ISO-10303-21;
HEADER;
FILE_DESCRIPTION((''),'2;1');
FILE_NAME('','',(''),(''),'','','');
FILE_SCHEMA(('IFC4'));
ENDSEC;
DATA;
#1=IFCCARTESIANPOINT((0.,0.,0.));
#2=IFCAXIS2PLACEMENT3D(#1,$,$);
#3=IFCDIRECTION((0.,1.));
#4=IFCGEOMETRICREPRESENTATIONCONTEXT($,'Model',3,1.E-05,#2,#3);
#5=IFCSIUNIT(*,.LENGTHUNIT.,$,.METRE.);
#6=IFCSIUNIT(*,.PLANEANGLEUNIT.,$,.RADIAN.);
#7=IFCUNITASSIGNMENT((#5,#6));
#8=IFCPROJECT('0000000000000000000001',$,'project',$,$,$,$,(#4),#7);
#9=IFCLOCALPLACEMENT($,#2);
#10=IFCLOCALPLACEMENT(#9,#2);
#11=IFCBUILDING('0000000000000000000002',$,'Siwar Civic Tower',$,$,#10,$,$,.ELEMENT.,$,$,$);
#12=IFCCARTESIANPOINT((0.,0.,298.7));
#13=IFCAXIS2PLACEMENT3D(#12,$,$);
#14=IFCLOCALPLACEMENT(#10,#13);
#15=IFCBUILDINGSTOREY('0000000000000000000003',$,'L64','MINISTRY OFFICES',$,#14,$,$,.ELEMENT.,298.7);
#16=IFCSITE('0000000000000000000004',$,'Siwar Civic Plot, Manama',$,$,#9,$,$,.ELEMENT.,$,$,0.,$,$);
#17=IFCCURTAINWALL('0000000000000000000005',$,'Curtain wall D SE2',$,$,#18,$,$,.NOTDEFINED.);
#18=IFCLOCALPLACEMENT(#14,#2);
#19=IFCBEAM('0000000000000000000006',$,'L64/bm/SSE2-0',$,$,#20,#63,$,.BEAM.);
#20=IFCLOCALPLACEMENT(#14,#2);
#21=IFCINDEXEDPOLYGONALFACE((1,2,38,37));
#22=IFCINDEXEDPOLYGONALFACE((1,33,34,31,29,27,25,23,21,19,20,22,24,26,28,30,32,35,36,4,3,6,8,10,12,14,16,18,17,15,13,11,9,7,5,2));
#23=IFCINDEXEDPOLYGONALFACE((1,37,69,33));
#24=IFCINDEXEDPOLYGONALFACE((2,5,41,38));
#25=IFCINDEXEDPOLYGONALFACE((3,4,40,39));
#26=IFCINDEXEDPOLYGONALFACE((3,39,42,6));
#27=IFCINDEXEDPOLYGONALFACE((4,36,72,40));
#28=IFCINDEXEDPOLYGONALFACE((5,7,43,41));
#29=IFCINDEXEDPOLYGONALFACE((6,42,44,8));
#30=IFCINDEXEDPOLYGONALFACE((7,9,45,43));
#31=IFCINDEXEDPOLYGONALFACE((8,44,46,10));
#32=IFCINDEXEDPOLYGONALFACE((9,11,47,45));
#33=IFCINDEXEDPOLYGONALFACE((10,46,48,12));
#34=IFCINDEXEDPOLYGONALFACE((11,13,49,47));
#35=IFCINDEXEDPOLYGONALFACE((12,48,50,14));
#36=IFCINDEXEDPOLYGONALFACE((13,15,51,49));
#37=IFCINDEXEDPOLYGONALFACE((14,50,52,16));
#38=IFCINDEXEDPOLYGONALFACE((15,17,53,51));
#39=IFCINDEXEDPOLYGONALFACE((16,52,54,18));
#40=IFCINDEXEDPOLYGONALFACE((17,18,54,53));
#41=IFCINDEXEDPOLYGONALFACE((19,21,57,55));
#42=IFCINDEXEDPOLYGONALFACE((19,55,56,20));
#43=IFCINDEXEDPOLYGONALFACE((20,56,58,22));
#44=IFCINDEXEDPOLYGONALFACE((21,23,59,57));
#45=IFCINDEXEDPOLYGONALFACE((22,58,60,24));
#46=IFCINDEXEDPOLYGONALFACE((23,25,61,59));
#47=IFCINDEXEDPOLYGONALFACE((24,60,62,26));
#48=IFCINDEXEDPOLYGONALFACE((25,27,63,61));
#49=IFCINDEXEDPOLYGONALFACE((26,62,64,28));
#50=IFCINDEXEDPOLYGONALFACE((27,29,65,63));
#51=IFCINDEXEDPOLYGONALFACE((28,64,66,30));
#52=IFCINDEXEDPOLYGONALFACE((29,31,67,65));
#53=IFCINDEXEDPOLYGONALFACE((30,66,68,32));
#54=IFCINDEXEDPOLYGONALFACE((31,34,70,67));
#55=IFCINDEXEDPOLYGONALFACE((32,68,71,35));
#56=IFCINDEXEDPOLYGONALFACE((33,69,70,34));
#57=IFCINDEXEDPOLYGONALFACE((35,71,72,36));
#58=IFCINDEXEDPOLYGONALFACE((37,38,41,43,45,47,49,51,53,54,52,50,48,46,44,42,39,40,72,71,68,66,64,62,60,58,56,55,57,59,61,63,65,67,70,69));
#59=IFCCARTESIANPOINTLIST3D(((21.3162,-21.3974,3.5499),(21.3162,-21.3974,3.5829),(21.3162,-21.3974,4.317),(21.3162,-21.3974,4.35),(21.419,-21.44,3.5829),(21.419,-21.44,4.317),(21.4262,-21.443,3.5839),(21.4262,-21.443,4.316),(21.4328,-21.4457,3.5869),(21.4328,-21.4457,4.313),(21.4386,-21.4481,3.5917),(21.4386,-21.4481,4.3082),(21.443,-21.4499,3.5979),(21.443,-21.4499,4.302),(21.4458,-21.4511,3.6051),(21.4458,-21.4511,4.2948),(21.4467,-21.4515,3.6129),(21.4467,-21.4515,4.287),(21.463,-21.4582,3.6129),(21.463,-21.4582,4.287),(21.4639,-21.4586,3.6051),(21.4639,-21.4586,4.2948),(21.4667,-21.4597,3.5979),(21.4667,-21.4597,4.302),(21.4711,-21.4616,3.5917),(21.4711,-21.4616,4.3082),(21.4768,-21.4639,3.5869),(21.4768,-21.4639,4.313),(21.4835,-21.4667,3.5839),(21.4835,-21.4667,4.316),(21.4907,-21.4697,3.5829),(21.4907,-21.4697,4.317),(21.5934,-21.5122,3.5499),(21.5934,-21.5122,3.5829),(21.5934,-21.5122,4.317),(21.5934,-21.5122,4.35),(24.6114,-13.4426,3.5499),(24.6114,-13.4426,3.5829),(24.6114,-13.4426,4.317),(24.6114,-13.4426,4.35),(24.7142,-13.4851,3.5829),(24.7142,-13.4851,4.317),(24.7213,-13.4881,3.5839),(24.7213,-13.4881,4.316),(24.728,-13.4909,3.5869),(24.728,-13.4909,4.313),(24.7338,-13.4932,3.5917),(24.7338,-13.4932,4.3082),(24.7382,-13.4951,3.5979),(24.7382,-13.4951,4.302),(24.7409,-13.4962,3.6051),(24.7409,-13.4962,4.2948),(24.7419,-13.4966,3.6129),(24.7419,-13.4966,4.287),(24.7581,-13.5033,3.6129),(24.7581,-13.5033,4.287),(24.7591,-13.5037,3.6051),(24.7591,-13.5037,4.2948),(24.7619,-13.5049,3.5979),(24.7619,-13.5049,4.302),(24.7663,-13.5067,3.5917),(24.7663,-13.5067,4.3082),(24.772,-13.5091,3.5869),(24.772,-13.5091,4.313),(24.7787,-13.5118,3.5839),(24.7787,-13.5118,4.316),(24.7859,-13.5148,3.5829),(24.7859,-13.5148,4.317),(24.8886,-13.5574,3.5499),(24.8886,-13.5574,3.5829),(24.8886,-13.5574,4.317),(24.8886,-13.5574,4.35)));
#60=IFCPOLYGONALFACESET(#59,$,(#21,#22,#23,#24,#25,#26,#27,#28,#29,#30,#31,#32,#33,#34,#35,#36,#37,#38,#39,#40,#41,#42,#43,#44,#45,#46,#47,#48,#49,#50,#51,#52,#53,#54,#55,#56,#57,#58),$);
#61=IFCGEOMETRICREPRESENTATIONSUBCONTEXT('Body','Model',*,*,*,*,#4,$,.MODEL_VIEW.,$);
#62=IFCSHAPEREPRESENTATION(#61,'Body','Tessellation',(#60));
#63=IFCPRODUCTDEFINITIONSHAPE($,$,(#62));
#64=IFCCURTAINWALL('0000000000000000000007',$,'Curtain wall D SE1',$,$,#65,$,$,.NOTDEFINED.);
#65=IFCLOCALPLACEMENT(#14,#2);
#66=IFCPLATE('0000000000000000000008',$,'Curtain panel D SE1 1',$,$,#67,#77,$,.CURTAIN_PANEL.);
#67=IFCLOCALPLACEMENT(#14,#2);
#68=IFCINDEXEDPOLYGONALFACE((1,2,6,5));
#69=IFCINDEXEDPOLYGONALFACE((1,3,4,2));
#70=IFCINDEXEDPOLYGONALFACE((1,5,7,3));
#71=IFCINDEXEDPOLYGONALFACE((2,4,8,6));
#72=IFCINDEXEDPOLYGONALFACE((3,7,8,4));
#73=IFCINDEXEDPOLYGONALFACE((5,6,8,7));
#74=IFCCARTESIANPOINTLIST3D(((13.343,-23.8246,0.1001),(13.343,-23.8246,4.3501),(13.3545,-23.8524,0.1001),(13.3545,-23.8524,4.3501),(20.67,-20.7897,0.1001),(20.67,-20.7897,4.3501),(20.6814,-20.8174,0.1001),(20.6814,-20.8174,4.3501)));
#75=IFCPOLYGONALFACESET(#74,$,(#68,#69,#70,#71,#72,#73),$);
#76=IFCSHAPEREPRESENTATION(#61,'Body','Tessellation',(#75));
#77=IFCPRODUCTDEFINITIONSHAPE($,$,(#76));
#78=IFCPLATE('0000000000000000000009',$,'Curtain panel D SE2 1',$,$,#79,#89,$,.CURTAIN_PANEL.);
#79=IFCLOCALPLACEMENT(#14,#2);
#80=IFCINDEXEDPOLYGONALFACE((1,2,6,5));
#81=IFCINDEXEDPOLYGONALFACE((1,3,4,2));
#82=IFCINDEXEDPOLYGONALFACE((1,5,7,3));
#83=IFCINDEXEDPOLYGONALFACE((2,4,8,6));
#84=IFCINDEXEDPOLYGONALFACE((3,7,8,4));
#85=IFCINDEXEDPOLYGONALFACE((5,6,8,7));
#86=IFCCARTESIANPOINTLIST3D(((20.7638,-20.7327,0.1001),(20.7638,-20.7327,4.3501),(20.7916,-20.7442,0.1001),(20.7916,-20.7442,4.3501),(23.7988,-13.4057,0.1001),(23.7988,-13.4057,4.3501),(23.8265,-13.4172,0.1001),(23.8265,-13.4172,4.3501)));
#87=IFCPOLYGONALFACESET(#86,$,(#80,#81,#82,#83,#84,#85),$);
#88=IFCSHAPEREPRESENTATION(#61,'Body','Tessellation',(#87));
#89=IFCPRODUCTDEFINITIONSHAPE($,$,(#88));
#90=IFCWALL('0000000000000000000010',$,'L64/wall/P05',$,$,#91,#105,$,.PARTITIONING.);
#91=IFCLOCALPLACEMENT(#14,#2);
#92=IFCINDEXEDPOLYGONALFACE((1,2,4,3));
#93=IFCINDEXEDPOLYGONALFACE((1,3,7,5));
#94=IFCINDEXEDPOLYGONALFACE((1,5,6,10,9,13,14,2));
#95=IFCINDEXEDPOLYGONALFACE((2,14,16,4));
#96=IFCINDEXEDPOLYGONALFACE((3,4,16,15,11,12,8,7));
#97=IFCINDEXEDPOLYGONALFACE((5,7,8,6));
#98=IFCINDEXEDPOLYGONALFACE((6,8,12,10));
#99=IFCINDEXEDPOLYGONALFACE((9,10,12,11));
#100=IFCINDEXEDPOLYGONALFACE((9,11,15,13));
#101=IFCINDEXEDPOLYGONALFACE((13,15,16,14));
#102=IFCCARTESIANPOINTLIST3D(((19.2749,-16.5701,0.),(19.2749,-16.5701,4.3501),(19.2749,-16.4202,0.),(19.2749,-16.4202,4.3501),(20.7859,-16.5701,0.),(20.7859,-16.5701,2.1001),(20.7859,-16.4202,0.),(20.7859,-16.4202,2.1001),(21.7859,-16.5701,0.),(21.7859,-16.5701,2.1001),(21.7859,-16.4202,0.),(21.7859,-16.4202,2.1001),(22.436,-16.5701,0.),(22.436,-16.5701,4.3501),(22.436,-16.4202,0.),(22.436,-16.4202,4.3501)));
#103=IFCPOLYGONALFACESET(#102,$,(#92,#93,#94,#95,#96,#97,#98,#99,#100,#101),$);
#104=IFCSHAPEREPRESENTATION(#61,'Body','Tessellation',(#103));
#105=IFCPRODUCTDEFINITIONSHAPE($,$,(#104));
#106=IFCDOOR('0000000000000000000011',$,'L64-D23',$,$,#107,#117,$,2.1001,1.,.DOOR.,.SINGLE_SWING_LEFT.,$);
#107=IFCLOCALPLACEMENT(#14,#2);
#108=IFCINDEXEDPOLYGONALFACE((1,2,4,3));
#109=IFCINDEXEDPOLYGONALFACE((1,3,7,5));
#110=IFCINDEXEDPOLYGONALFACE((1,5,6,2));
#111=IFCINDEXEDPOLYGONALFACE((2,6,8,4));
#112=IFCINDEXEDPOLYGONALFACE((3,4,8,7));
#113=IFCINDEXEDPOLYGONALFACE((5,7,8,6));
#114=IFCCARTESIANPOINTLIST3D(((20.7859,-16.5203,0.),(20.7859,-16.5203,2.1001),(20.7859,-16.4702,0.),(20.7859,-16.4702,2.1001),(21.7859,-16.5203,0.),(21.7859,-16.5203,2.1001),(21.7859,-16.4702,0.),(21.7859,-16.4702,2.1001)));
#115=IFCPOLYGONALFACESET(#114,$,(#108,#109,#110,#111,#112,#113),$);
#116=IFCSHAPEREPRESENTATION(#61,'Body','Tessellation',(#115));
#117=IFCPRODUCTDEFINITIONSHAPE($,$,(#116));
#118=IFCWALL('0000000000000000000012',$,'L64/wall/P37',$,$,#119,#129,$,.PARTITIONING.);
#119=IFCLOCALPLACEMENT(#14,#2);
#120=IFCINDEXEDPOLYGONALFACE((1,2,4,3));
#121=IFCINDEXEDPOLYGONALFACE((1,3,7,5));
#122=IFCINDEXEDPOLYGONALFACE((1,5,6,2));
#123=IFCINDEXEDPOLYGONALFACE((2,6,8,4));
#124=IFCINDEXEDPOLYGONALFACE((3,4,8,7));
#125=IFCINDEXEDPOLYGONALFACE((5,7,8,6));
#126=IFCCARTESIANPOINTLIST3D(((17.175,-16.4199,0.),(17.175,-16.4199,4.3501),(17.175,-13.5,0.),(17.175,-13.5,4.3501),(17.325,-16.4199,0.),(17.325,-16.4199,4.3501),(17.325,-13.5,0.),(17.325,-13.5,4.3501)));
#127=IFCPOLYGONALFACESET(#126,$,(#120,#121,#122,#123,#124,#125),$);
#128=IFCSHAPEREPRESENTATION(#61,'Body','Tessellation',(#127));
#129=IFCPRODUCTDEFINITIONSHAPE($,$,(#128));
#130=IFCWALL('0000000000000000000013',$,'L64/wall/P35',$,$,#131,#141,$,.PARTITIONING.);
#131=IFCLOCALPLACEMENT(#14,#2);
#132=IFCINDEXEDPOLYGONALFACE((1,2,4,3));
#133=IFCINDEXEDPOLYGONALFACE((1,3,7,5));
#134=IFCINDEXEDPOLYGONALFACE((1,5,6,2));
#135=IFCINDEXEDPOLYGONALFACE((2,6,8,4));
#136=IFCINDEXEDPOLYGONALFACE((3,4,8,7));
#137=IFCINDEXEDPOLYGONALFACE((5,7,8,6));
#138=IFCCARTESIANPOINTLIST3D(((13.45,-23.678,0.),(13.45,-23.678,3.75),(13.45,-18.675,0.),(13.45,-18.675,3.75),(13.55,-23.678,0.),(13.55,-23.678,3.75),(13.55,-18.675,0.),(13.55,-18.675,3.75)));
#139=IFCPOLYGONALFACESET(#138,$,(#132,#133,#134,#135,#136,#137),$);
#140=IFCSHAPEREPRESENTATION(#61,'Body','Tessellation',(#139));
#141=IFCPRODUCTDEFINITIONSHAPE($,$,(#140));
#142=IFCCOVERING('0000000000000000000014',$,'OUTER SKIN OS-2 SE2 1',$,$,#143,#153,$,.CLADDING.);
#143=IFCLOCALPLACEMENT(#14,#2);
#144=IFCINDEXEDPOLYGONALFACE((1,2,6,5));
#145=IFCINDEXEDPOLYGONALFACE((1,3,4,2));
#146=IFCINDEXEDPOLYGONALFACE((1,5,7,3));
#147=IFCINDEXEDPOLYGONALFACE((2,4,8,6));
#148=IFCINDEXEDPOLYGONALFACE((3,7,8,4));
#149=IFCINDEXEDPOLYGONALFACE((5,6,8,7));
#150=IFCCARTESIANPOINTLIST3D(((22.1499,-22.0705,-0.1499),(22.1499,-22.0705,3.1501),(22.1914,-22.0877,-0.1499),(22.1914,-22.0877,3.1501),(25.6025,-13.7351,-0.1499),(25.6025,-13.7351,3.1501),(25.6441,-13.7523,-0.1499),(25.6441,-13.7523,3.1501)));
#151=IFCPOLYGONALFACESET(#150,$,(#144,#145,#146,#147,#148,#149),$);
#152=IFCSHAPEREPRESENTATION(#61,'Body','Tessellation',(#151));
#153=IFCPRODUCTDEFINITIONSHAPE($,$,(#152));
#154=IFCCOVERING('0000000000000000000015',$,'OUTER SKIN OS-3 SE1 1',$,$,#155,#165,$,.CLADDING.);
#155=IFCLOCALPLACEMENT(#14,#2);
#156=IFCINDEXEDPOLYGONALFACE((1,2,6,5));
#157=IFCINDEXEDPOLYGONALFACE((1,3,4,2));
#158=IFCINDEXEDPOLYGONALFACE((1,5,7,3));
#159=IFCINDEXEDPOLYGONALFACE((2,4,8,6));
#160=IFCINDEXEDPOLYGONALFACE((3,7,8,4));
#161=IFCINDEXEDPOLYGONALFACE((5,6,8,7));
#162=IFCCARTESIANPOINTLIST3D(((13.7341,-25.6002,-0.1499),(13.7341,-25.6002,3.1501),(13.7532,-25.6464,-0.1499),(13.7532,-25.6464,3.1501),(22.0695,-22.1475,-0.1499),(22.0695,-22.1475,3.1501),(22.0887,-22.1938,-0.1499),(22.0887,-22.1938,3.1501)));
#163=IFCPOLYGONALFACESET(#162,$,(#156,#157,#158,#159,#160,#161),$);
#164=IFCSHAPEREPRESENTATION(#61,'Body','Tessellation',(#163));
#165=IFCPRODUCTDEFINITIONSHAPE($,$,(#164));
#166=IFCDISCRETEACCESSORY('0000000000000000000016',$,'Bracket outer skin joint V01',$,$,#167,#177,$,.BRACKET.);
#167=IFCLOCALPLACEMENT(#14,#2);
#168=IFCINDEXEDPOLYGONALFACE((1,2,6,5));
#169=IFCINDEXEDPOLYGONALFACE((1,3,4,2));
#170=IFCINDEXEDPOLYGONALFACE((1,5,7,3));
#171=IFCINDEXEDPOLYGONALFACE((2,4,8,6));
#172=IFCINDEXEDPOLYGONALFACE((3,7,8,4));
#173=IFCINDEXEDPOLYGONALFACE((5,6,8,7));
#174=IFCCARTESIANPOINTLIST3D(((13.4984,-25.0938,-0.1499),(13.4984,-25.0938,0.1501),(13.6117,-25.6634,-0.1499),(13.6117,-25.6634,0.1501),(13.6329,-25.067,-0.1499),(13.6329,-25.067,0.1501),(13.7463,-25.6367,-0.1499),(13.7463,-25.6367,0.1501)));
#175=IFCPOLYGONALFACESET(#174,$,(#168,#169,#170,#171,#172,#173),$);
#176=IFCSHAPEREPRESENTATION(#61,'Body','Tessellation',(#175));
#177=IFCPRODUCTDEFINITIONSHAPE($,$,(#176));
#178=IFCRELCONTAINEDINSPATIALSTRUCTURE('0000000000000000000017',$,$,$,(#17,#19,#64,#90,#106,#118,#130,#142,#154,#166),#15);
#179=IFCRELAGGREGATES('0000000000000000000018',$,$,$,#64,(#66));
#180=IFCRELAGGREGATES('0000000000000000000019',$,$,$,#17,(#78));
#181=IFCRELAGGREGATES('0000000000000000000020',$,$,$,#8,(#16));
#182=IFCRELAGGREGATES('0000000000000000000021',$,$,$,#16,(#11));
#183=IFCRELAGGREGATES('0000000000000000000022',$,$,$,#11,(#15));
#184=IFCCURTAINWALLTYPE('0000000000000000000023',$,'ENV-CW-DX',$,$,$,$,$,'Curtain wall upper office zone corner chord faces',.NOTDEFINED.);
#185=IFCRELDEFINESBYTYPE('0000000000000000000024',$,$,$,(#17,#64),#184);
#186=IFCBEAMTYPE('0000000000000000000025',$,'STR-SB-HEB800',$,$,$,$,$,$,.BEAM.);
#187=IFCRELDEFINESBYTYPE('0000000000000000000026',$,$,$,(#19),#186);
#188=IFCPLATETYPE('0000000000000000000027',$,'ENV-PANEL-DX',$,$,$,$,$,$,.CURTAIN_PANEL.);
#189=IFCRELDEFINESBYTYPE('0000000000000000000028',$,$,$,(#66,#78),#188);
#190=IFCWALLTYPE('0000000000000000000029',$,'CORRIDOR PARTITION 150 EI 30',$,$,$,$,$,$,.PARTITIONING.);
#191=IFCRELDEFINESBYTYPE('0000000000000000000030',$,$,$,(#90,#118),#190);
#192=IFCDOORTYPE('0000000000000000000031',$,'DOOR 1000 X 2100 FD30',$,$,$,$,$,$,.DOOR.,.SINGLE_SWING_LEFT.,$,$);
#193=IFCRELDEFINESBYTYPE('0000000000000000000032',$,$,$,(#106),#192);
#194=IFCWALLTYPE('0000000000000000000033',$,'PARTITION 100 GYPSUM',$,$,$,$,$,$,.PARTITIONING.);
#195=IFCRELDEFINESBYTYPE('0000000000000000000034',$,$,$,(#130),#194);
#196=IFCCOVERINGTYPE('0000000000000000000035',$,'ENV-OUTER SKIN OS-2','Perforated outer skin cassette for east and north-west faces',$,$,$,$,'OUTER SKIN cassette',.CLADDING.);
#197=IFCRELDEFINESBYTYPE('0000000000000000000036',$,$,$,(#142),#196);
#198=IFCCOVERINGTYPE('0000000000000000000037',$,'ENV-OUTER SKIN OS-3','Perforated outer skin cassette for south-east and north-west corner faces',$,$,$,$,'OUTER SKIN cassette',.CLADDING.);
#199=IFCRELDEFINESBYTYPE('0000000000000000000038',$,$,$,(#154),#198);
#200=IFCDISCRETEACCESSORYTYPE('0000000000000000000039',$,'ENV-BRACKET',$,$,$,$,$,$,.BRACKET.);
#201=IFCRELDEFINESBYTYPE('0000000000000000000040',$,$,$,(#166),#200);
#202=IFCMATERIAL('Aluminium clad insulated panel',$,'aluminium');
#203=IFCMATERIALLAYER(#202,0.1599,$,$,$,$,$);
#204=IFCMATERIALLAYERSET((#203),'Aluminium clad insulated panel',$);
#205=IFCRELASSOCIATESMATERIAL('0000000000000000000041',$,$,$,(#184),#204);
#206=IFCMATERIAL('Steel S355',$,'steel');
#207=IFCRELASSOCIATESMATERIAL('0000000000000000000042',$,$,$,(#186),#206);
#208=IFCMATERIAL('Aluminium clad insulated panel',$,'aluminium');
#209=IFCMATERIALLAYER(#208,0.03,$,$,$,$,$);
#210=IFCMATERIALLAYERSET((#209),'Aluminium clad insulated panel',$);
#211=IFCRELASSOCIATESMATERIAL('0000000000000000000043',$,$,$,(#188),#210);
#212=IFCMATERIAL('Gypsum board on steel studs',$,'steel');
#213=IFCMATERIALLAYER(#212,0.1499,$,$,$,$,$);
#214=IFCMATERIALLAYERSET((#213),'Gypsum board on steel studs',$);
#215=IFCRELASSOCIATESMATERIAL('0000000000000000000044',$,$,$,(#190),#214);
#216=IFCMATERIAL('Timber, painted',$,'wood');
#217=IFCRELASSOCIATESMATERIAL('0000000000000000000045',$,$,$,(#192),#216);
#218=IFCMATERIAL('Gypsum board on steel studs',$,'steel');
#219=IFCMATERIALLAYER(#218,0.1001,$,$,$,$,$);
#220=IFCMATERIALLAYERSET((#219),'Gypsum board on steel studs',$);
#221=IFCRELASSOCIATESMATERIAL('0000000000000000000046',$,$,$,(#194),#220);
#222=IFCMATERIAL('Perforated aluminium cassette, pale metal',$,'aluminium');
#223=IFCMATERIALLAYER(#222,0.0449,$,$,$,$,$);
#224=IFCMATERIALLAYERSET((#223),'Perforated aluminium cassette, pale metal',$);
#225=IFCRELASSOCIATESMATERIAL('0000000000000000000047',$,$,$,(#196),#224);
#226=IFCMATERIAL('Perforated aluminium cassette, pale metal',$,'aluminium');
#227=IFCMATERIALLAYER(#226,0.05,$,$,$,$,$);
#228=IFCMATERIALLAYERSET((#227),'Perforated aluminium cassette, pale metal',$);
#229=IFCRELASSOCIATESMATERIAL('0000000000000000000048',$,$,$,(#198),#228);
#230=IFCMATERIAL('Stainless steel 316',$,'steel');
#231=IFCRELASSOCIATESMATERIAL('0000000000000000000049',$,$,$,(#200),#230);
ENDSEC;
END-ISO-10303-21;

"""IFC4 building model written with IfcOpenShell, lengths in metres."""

from ifc_helpers import new_model, si_unit, direction, frame, frame_2d, origin, origin_2d, place, context, subcontext, project, spatial, rectangle, i_section, extrude, material, layer, layer_set, material_profile, profile_set, type_object, element, fill, aggregate, save


model = new_model("IFC4")

# Units and contexts
model_context = context("Model", 3, precision=1e-05, world=origin(), true_north=direction((0.0, 1.0)))
body_context = subcontext(model_context, "Body", "Model", "MODEL_VIEW")
ifc_project = project(units=[si_unit("LENGTHUNIT", "METRE"), si_unit("PLANEANGLEUNIT", "RADIAN")], contexts=[model_context])

# Site, building, storey
site_placement = place(None, origin())
site = spatial("IfcSite", under=ifc_project, at=site_placement, Name="Siwar Civic Plot, Manama", CompositionType="ELEMENT", RefElevation=0.0)
building_placement = place(site_placement, origin())
building = spatial("IfcBuilding", under=site, at=building_placement, Name="Siwar Civic Tower", CompositionType="ELEMENT")
storey_placement = place(building_placement, frame((0.0, 0.0, 298.7)))
storey = spatial("IfcBuildingStorey", under=building, at=storey_placement, Name="L64", Description="MINISTRY OFFICES", CompositionType="ELEMENT", Elevation=298.7)

# Curtain wall
ifc_material_1 = material(Name="Aluminium clad insulated panel", Category="aluminium")
ifc_layer_1 = layer(ifc_material_1, 0.1599)
ifc_layer_set_1 = layer_set([ifc_layer_1], Name="Aluminium clad insulated panel")
curtain_wall_type = type_object("IfcCurtainWallType", Name="ENV-CW-DX", ElementType="Curtain wall upper office zone corner chord faces", PredefinedType="NOTDEFINED", material=ifc_layer_set_1)
curtain_wall_1_placement = place(storey_placement, origin())
curtain_wall_1 = element("IfcCurtainWall", 1, at=curtain_wall_1_placement, inside=storey, type_object=curtain_wall_type, Name="Curtain wall D SE2", PredefinedType="NOTDEFINED")

# Beam
ifc_material_2 = material(Name="Steel S355", Category="steel")
ifc_material_profile_1 = material_profile(ifc_material_2, i_section(OverallWidth=0.3, OverallDepth=0.8, WebThickness=0.0176, FlangeThickness=0.033, FilletRadius=0.03, at=origin_2d()), Name="HEB800")
ifc_profile_set_1 = profile_set([ifc_material_profile_1], Name="Steel S355")
beam_type_1 = type_object("IfcBeamType", Name="STR-SB-HEB800", PredefinedType="BEAM", material=ifc_profile_set_1)
for number, where, z_axis, x_axis, name in (
    (2, (21.4548, -21.4548, 3.95), (0.3827, 0.923873, 0.0), (-0.923873, 0.3827, 0.0), "L64/bm/SSE2-0"),
):
    element("IfcBeam", number, at=place(storey_placement, frame(where, z_axis=z_axis, x_axis=x_axis)), inside=storey, type_object=beam_type_1, Name=name, PredefinedType="BEAM", context=body_context, shape_type="SweptSolid", body=[
        extrude(i_section(OverallWidth=0.3, OverallDepth=0.8, WebThickness=0.0176, FlangeThickness=0.033, FilletRadius=0.03, at=origin_2d()), origin(), (0.0, 0.0, 1.0), 8.6104),
    ])

# Curtain wall, plate
curtain_wall_2_placement = place(storey_placement, origin())
curtain_wall_2 = element("IfcCurtainWall", 3, at=curtain_wall_2_placement, inside=storey, type_object=curtain_wall_type, Name="Curtain wall D SE1", PredefinedType="NOTDEFINED")
ifc_material_3 = material(Name="Aluminium clad insulated panel", Category="aluminium")
ifc_layer_2 = layer(ifc_material_3, 0.03)
ifc_layer_set_2 = layer_set([ifc_layer_2], Name="Aluminium clad insulated panel")
plate_type = type_object("IfcPlateType", Name="ENV-PANEL-DX", PredefinedType="CURTAIN_PANEL", material=ifc_layer_set_2)
plate_1_placement = place(storey_placement, frame((17.0122, -22.321, 0.1001), z_axis=(0.0, 0.0, 1.0), x_axis=(0.92388, 0.382683, 0.0)))
plate_1 = element("IfcPlate", 4, at=plate_1_placement, type_object=plate_type, Name="Curtain panel D SE1 1", PredefinedType="CURTAIN_PANEL", context=body_context, shape_type="SweptSolid", body=[
    extrude(rectangle(XDim=7.9307, YDim=0.03, at=origin_2d()), origin(), (0.0, 0.0, 1.0), 4.25),
])
aggregate(curtain_wall_2, [plate_1])

# Plate
plate_2_placement = place(storey_placement, frame((22.2952, -17.075, 0.1001), z_axis=(0.0, 0.0, 1.0), x_axis=(0.382683, 0.92388, 0.0)))
plate_2 = element("IfcPlate", 5, at=plate_2_placement, type_object=plate_type, Name="Curtain panel D SE2 1", PredefinedType="CURTAIN_PANEL", context=body_context, shape_type="SweptSolid", body=[
    extrude(rectangle(XDim=7.9307, YDim=0.03, at=origin_2d()), origin(), (0.0, 0.0, 1.0), 4.25),
])
aggregate(curtain_wall_1, [plate_2])

# Wall, opening, door
ifc_material_4 = material(Name="Gypsum board on steel studs", Category="steel")
ifc_layer_3 = layer(ifc_material_4, 0.1499)
ifc_layer_set_3 = layer_set([ifc_layer_3], Name="Gypsum board on steel studs")
wall_type_1 = type_object("IfcWallType", Name="CORRIDOR PARTITION 150 EI 30", PredefinedType="PARTITIONING", material=ifc_layer_set_3)
wall_1_placement = place(storey_placement, frame((19.2749, -16.4951, 0.0), z_axis=(0.0, 0.0, 1.0), x_axis=(1.0, 0.0, 0.0)))
wall_1 = element("IfcWall", 6, at=wall_1_placement, inside=storey, type_object=wall_type_1, Name="L64/wall/P05", PredefinedType="PARTITIONING", context=body_context, shape_type="SweptSolid", body=[
    extrude(rectangle(XDim=3.1611, YDim=0.1499, at=frame_2d((1.5806, 0.0))), origin(), (0.0, 0.0, 1.0), 4.3501),
])
opening_placement = place(wall_1_placement, frame((1.511, 0.0, 0.0)))
opening = element("IfcOpeningElement", 7, at=opening_placement, cuts=wall_1, PredefinedType="OPENING", context=body_context, shape_type="SweptSolid", body=[
    extrude(rectangle(XDim=1.0, YDim=2.1001, at=frame_2d((0.5, 1.05))), frame((0.0, 0.085, 0.0), z_axis=(0.0, -1.0, 0.0), x_axis=(1.0, 0.0, 0.0)), (0.0, 0.0, 1.0), 0.1699),
])
ifc_material_5 = material(Name="Timber, painted", Category="wood")
door_type = type_object("IfcDoorType", Name="DOOR 1000 X 2100 FD30", OperationType="SINGLE_SWING_LEFT", PredefinedType="DOOR", material=ifc_material_5)
door_placement = place(opening_placement, origin())
door = element("IfcDoor", 8, at=door_placement, inside=storey, type_object=door_type, Name="L64-D23", OperationType="SINGLE_SWING_LEFT", OverallHeight=2.1001, OverallWidth=1.0, PredefinedType="DOOR", context=body_context, shape_type="SweptSolid", body=[
    extrude(rectangle(XDim=1.0, YDim=2.1001, at=frame_2d((0.5, 1.05))), frame((0.0, 0.0249, 0.0), z_axis=(0.0, -1.0, 0.0), x_axis=(1.0, 0.0, 0.0)), (0.0, 0.0, 1.0), 0.05),
])
fill(opening, door)

# Walls
wall_2_placement = place(storey_placement, frame((17.25, -16.4199, 0.0), z_axis=(0.0, 0.0, 1.0), x_axis=(0.0, 1.0, 0.0)))
element("IfcWall", 9, at=wall_2_placement, inside=storey, type_object=wall_type_1, Name="L64/wall/P37", PredefinedType="PARTITIONING", context=body_context, shape_type="SweptSolid", body=[
    extrude(rectangle(XDim=2.9199, YDim=0.1499, at=frame_2d((1.46, 0.0))), origin(), (0.0, 0.0, 1.0), 4.3501),
])
ifc_material_6 = material(Name="Gypsum board on steel studs", Category="steel")
ifc_layer_4 = layer(ifc_material_6, 0.1001)
ifc_layer_set_4 = layer_set([ifc_layer_4], Name="Gypsum board on steel studs")
wall_type_2 = type_object("IfcWallType", Name="PARTITION 100 GYPSUM", PredefinedType="PARTITIONING", material=ifc_layer_set_4)
wall_3_placement = place(storey_placement, frame((13.5, -23.678, 0.0), z_axis=(0.0, 0.0, 1.0), x_axis=(0.0, 1.0, 0.0)))
element("IfcWall", 10, at=wall_3_placement, inside=storey, type_object=wall_type_2, Name="L64/wall/P35", PredefinedType="PARTITIONING", context=body_context, shape_type="SweptSolid", body=[
    extrude(rectangle(XDim=5.0029, YDim=0.1001, at=frame_2d((2.5015, 0.0))), origin(), (0.0, 0.0, 1.0), 3.75),
])

# Coverings
ifc_material_7 = material(Name="Perforated aluminium cassette, pale metal", Category="aluminium")
ifc_layer_5 = layer(ifc_material_7, 0.0449)
ifc_layer_set_5 = layer_set([ifc_layer_5], Name="Perforated aluminium cassette, pale metal")
covering_type_1 = type_object("IfcCoveringType", Name="ENV-OUTER SKIN OS-2", Description="Perforated outer skin cassette for east and north-west faces", ElementType="OUTER SKIN cassette", PredefinedType="CLADDING", material=ifc_layer_set_5)
covering_1_placement = place(storey_placement, frame((23.897, -17.9114, -0.1499), z_axis=(0.0, 0.0, 1.0), x_axis=(0.382683, 0.92388, 0.0)))
element("IfcCovering", 11, at=covering_1_placement, inside=storey, type_object=covering_type_1, Name="OUTER SKIN OS-2 SE2 1", PredefinedType="CLADDING", context=body_context, shape_type="SweptSolid", body=[
    extrude(rectangle(XDim=9.0222, YDim=0.0449, at=origin_2d()), origin(), (0.0, 0.0, 1.0), 3.3),
])
ifc_material_8 = material(Name="Perforated aluminium cassette, pale metal", Category="aluminium")
ifc_layer_6 = layer(ifc_material_8, 0.05)
ifc_layer_set_6 = layer_set([ifc_layer_6], Name="Perforated aluminium cassette, pale metal")
covering_type_2 = type_object("IfcCoveringType", Name="ENV-OUTER SKIN OS-3", Description="Perforated outer skin cassette for south-east and north-west corner faces", ElementType="OUTER SKIN cassette", PredefinedType="CLADDING", material=ifc_layer_set_6)
covering_2_placement = place(storey_placement, frame((17.9114, -23.897, -0.1499), z_axis=(0.0, 0.0, 1.0), x_axis=(0.92388, 0.382683, 0.0)))
element("IfcCovering", 12, at=covering_2_placement, inside=storey, type_object=covering_type_2, Name="OUTER SKIN OS-3 SE1 1", PredefinedType="CLADDING", context=body_context, shape_type="SweptSolid", body=[
    extrude(rectangle(XDim=9.0222, YDim=0.05, at=origin_2d()), origin(), (0.0, 0.0, 1.0), 3.3),
])

# Discrete accessory
ifc_material_9 = material(Name="Stainless steel 316", Category="steel")
discrete_accessory_type = type_object("IfcDiscreteAccessoryType", Name="ENV-BRACKET", PredefinedType="BRACKET", material=ifc_material_9)
discrete_accessory_1_placement = place(storey_placement, frame((13.6223, -25.3652, -0.1499), z_axis=(0.0, 0.0, 1.0), x_axis=(0.19509, -0.980785, 0.0)))
element("IfcDiscreteAccessory", 13, at=discrete_accessory_1_placement, inside=storey, type_object=discrete_accessory_type, Name="Bracket outer skin joint V01", PredefinedType="BRACKET", context=body_context, shape_type="SweptSolid", body=[
    extrude(rectangle(XDim=0.5808, YDim=0.1372, at=origin_2d()), origin(), (0.0, 0.0, 1.0), 0.3),
])

save(model, "model.ifc")
